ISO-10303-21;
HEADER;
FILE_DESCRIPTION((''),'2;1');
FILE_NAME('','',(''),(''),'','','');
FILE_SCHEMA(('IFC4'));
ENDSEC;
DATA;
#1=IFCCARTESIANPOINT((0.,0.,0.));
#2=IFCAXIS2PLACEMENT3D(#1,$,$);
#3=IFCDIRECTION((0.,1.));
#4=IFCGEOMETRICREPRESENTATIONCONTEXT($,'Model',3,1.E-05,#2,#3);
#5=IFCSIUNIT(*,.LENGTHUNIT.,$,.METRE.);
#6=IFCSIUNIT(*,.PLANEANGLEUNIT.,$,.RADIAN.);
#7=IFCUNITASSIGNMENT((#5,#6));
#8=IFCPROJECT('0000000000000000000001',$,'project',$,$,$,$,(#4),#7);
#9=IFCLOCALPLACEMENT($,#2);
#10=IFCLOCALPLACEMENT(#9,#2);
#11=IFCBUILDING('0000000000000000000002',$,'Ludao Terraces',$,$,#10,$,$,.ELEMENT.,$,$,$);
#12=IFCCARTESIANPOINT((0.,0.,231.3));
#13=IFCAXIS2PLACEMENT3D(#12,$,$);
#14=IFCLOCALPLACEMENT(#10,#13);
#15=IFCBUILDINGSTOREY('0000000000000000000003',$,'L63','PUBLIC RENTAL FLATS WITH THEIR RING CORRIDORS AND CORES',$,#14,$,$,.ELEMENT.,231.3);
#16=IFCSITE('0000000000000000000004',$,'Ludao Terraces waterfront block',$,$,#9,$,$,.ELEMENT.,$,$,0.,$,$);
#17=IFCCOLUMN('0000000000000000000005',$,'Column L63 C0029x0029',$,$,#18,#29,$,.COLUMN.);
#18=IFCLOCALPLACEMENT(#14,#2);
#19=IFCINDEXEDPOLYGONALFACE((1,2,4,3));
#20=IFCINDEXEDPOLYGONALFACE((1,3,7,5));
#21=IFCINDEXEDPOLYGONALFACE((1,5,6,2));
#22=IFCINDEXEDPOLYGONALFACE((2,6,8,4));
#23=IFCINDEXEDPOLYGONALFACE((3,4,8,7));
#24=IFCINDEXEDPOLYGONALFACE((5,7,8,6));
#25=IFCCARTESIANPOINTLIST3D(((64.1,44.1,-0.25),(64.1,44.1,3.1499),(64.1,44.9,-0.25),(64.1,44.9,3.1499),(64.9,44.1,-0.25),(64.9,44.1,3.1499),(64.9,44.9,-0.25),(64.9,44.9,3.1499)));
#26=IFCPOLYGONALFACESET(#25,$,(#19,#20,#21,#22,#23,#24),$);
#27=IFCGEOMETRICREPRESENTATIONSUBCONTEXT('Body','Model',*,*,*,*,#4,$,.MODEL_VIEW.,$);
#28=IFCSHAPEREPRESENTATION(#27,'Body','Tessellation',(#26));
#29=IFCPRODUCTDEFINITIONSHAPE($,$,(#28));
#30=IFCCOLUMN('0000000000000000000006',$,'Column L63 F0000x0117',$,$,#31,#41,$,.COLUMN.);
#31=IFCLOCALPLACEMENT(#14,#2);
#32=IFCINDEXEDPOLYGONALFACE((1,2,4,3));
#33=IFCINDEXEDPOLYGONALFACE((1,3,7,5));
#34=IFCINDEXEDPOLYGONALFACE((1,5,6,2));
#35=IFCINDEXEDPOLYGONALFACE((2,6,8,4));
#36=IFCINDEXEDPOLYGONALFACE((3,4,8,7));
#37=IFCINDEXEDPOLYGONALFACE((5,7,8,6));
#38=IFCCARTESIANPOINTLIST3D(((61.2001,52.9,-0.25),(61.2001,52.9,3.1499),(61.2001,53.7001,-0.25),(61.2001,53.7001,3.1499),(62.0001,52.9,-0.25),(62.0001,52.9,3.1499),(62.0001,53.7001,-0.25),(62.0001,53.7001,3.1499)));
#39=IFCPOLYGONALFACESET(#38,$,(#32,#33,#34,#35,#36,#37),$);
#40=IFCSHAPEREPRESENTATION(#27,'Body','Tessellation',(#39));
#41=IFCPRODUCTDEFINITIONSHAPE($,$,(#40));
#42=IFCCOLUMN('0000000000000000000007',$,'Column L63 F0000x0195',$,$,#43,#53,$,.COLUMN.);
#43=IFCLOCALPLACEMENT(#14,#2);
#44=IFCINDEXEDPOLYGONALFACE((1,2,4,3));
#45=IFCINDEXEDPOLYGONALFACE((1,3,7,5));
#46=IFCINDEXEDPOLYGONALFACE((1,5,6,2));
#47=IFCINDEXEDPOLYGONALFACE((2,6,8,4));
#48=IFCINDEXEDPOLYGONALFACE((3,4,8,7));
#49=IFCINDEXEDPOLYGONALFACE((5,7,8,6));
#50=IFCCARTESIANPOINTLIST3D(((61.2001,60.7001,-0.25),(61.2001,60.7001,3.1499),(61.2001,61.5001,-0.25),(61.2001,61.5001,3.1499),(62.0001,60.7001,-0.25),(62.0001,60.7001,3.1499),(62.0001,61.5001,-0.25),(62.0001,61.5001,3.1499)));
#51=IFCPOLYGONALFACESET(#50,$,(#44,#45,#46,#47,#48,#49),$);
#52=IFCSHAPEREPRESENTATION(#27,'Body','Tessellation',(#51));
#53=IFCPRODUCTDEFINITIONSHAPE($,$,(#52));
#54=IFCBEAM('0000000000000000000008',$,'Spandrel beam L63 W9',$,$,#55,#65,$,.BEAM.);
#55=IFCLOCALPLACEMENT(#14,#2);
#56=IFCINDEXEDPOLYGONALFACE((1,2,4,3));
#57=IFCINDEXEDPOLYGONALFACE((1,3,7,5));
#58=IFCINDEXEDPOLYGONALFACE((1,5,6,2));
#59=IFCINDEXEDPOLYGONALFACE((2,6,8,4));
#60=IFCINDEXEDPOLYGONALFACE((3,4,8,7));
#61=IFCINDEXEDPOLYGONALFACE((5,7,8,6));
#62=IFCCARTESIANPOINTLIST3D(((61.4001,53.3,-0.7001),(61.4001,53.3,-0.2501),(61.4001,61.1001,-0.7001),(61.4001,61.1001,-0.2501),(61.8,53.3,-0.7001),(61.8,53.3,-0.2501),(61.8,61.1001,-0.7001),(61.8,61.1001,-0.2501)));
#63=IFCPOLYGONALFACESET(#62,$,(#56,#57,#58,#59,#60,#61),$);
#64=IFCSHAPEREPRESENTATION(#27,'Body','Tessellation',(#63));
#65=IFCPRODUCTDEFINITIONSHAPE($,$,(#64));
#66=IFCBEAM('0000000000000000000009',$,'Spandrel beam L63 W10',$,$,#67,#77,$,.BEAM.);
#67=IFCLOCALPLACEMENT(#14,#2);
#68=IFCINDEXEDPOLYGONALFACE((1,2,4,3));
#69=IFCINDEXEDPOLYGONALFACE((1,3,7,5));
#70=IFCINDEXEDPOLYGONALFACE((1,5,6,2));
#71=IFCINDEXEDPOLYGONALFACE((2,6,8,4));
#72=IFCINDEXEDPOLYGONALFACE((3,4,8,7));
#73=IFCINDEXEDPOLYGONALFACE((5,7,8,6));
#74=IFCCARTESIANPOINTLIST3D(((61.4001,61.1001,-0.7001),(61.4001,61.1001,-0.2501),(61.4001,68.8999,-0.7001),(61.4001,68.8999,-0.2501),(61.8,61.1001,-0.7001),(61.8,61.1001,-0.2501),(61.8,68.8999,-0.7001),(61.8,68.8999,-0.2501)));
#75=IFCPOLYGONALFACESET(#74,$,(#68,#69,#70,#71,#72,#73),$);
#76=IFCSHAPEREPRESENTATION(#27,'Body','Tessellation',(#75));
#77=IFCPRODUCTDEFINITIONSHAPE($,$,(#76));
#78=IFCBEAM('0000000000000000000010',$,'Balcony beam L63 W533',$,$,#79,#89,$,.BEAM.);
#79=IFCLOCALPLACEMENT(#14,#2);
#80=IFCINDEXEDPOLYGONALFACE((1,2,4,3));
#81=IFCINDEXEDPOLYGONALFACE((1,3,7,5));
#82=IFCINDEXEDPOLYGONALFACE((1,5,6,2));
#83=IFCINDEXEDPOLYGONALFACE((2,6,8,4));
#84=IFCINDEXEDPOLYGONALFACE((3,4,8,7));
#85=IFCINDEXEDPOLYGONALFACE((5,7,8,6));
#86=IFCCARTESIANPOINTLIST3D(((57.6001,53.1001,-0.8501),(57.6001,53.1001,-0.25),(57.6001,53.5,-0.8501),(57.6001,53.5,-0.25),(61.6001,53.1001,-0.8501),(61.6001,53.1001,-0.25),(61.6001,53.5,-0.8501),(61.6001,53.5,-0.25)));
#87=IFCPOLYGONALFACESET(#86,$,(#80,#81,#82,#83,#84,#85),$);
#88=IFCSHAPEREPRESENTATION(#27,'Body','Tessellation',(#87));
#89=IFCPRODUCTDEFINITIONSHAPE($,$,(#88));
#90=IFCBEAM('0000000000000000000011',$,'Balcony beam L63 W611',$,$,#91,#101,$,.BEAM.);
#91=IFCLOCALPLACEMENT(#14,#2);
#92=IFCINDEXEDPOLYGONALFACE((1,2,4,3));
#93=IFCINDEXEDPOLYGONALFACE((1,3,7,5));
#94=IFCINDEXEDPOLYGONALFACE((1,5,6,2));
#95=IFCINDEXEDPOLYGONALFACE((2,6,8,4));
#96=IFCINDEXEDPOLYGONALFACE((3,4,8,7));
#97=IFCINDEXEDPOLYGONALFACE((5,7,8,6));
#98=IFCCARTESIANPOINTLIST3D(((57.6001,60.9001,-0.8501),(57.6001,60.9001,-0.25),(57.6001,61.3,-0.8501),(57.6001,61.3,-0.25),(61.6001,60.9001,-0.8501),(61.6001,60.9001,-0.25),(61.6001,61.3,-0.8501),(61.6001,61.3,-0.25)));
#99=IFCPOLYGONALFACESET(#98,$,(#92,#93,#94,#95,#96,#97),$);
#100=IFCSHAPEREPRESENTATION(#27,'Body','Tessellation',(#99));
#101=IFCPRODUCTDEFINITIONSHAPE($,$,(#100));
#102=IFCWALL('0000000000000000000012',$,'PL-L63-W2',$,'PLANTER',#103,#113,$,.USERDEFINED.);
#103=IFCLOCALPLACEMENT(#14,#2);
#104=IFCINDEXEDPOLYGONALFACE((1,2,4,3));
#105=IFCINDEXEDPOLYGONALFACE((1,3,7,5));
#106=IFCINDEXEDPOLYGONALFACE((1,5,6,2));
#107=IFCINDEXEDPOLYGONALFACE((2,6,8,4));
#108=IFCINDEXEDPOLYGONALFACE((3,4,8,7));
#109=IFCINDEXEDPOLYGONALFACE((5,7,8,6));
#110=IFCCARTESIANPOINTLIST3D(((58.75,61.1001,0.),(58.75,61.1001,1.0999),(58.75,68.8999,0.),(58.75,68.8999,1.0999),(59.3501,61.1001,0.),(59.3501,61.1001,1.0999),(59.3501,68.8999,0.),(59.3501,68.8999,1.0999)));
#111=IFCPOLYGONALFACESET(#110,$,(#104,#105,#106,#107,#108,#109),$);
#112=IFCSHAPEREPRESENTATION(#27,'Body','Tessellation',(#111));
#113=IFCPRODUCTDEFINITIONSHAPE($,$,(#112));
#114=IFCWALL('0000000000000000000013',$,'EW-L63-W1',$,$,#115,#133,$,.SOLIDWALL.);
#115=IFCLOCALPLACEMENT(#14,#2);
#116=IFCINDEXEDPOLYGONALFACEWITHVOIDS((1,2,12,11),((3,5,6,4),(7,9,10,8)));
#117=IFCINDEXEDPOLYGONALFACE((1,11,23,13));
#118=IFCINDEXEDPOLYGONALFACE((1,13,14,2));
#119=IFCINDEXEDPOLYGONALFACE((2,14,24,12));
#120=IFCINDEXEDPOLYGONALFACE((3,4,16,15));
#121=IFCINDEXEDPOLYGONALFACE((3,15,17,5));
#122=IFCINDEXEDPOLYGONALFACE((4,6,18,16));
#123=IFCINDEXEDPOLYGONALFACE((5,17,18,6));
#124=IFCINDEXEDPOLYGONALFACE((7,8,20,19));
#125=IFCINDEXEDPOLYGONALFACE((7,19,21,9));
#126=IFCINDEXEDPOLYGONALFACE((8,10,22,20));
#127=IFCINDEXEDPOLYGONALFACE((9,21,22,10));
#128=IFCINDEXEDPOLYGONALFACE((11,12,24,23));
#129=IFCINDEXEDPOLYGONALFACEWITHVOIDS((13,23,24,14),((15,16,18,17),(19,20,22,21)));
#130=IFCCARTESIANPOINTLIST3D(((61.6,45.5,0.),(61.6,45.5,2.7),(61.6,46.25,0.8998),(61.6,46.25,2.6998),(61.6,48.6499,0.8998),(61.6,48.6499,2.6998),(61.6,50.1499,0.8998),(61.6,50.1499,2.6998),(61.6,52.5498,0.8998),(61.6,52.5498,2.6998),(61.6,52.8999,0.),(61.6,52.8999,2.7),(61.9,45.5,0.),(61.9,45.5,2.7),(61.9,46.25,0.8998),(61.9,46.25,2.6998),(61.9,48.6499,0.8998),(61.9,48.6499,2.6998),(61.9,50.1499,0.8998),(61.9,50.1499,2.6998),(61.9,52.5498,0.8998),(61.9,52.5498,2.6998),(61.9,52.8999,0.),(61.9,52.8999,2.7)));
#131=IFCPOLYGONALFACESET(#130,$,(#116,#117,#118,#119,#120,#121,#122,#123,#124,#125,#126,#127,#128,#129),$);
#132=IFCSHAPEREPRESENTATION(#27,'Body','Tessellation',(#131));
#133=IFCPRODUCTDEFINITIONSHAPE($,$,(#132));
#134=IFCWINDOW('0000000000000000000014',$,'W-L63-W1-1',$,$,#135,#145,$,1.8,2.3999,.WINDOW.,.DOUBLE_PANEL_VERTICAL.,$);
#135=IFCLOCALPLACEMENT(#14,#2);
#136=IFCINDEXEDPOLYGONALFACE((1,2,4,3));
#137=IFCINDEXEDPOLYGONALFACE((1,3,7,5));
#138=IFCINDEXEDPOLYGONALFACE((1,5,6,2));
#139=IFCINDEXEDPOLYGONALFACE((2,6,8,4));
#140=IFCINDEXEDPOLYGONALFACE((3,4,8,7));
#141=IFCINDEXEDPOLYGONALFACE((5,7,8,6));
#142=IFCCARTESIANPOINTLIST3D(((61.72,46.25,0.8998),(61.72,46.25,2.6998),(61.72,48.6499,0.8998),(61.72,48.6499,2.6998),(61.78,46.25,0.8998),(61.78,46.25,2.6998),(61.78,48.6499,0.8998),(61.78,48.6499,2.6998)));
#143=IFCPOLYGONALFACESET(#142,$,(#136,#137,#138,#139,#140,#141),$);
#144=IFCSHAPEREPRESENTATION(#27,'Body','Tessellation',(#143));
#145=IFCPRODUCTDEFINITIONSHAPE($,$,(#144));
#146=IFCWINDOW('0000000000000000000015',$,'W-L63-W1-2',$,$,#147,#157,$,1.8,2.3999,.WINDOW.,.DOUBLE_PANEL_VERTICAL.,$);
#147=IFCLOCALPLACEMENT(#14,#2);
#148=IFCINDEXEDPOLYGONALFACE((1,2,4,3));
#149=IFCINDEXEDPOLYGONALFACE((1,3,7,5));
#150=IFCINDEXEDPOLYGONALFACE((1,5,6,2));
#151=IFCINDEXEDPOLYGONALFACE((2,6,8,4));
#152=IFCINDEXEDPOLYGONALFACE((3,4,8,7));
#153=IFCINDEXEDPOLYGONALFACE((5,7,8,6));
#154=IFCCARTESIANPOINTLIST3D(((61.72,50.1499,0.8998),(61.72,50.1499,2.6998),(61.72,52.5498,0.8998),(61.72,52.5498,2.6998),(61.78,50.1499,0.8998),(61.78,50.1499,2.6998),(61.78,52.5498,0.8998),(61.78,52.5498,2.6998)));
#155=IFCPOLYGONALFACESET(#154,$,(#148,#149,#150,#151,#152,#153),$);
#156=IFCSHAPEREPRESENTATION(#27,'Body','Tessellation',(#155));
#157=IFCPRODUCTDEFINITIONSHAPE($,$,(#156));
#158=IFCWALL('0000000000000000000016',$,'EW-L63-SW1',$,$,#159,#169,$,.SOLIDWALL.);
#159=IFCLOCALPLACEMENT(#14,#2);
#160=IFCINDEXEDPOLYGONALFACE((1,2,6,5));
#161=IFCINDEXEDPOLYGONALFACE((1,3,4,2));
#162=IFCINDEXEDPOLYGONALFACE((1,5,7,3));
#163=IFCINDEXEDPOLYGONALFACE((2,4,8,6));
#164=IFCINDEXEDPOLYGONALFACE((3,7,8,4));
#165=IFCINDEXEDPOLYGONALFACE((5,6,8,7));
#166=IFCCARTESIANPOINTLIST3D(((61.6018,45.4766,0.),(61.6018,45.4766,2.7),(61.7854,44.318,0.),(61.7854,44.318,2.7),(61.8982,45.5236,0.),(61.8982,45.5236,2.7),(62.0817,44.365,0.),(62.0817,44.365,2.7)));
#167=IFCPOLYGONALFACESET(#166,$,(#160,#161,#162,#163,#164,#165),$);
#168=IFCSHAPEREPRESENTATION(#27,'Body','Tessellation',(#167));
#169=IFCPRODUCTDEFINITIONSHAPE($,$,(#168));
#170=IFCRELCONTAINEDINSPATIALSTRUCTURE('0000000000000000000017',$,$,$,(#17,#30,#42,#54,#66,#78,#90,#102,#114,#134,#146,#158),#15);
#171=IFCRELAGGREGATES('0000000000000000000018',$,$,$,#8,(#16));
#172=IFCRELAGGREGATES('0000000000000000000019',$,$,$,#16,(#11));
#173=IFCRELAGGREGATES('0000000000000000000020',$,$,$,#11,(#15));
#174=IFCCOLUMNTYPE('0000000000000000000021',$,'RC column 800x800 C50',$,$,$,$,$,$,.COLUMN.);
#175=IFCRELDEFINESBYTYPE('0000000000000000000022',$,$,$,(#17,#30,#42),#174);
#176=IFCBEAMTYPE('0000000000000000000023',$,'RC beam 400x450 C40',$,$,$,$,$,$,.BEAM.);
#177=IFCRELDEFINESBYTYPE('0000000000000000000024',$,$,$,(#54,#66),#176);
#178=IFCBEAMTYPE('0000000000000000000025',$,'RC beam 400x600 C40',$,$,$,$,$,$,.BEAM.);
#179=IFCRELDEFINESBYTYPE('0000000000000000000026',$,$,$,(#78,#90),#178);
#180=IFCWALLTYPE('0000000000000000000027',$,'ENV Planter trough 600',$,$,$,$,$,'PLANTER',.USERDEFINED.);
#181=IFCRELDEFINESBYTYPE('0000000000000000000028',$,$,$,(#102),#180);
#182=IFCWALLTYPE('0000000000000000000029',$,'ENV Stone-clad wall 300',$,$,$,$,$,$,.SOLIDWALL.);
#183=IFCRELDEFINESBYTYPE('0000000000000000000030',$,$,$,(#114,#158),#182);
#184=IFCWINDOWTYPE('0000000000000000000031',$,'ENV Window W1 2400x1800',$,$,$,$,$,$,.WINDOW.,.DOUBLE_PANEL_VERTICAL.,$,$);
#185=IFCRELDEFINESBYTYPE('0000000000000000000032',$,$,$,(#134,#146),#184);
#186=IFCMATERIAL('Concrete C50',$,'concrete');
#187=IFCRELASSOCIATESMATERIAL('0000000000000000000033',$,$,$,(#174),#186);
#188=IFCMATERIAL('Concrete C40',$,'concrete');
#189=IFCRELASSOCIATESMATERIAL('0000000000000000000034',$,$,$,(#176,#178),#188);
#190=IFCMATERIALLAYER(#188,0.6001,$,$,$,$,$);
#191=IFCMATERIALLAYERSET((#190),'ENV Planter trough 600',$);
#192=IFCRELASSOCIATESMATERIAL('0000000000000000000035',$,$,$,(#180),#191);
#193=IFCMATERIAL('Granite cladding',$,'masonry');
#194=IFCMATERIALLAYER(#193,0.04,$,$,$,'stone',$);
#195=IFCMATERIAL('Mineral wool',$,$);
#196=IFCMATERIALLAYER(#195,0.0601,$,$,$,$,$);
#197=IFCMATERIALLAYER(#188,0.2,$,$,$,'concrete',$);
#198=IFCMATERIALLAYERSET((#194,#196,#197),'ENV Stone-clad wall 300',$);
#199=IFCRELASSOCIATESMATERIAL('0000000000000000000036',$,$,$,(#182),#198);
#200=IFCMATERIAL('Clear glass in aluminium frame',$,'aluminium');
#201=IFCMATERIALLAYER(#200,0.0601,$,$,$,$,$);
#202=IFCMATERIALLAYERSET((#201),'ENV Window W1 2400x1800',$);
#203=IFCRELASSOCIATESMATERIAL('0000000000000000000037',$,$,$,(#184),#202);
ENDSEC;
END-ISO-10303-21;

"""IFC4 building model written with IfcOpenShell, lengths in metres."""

from ifc_helpers import new_model, si_unit, direction, frame, frame_2d, origin, origin_2d, place, context, subcontext, project, spatial, rectangle, extrude, material, layer, layer_set, material_profile, profile_set, type_object, element, fill, save


model = new_model("IFC4")

# Units and contexts
model_context = context("Model", 3, precision=1e-05, world=origin(), true_north=direction((0.0, 1.0)))
body_context = subcontext(model_context, "Body", "Model", "MODEL_VIEW")
ifc_project = project(units=[si_unit("LENGTHUNIT", "METRE"), si_unit("PLANEANGLEUNIT", "RADIAN")], contexts=[model_context])

# Site, building, storey
site_placement = place(None, origin())
site = spatial("IfcSite", under=ifc_project, at=site_placement, Name="Ludao Terraces waterfront block", CompositionType="ELEMENT", RefElevation=0.0)
building_placement = place(site_placement, origin())
building = spatial("IfcBuilding", under=site, at=building_placement, Name="Ludao Terraces", CompositionType="ELEMENT")
storey_placement = place(building_placement, frame((0.0, 0.0, 231.3)))
storey = spatial("IfcBuildingStorey", under=building, at=storey_placement, Name="L63", Description="PUBLIC RENTAL FLATS WITH THEIR RING CORRIDORS AND CORES", CompositionType="ELEMENT", Elevation=231.3)

# Columns
ifc_material_1 = material(Name="Concrete C50", Category="concrete")
ifc_material_profile_1 = material_profile(ifc_material_1, rectangle(XDim=0.8, YDim=0.8, at=origin_2d()), Name="800 X 800")
ifc_profile_set_1 = profile_set([ifc_material_profile_1], Name="Concrete C50")
column_type = type_object("IfcColumnType", Name="RC column 800x800 C50", PredefinedType="COLUMN", material=ifc_profile_set_1)
for number, where, z_axis, x_axis, name in (
    (1, (64.5, 44.5, -0.25), (0.0, 0.0, 1.0), (1.0, 0.0, 0.0), "Column L63 C0029x0029"),
    (2, (61.6001, 53.3, -0.25), (0.0, 0.0, 1.0), (1.0, 0.0, 0.0), "Column L63 F0000x0117"),
    (3, (61.6001, 61.1001, -0.25), (0.0, 0.0, 1.0), (1.0, 0.0, 0.0), "Column L63 F0000x0195"),
):
    element("IfcColumn", number, at=place(storey_placement, frame(where, z_axis=z_axis, x_axis=x_axis)), inside=storey, type_object=column_type, Name=name, PredefinedType="COLUMN", context=body_context, shape_type="SweptSolid", body=[
        extrude(rectangle(XDim=0.8, YDim=0.8, at=origin_2d()), origin(), (0.0, 0.0, 1.0), 3.3999),
    ])

# Beams
ifc_material_2 = material(Name="Concrete C40", Category="concrete")
ifc_material_profile_2 = material_profile(ifc_material_2, rectangle(XDim=0.3999, YDim=0.45, at=origin_2d()), Name="400 X 450")
ifc_profile_set_2 = profile_set([ifc_material_profile_2], Name="Concrete C40")
beam_type_1 = type_object("IfcBeamType", Name="RC beam 400x450 C40", PredefinedType="BEAM", material=ifc_profile_set_2)
beam_1_placement = place(storey_placement, frame((61.6001, 53.3, -0.4751), z_axis=(0.0, 1.0, 0.0), x_axis=(-1.0, 0.0, 0.0)))
element("IfcBeam", 4, at=beam_1_placement, inside=storey, type_object=beam_type_1, Name="Spandrel beam L63 W9", PredefinedType="BEAM", context=body_context, shape_type="SweptSolid", body=[
    extrude(rectangle(XDim=0.3999, YDim=0.45, at=origin_2d()), origin(), (0.0, 0.0, 1.0), 7.8),
])
beam_2_placement = place(storey_placement, frame((61.6001, 61.1001, -0.4751), z_axis=(0.0, 1.0, 0.0), x_axis=(-1.0, 0.0, 0.0)))
element("IfcBeam", 5, at=beam_2_placement, inside=storey, type_object=beam_type_1, Name="Spandrel beam L63 W10", PredefinedType="BEAM", context=body_context, shape_type="SweptSolid", body=[
    extrude(rectangle(XDim=0.3999, YDim=0.45, at=origin_2d()), origin(), (0.0, 0.0, 1.0), 7.7998),
])
ifc_material_profile_3 = material_profile(ifc_material_2, rectangle(XDim=0.3999, YDim=0.6001, at=origin_2d()), Name="400 X 600")
ifc_profile_set_3 = profile_set([ifc_material_profile_3], Name="Concrete C40")
beam_type_2 = type_object("IfcBeamType", Name="RC beam 400x600 C40", PredefinedType="BEAM", material=ifc_profile_set_3)
for number, where, z_axis, x_axis, name in (
    (6, (61.6001, 53.3, -0.55), (-1.0, 0.0, 0.0), (0.0, -1.0, 0.0), "Balcony beam L63 W533"),
    (7, (61.6001, 61.1001, -0.55), (-1.0, 0.0, 0.0), (0.0, -1.0, 0.0), "Balcony beam L63 W611"),
):
    element("IfcBeam", number, at=place(storey_placement, frame(where, z_axis=z_axis, x_axis=x_axis)), inside=storey, type_object=beam_type_2, Name=name, PredefinedType="BEAM", context=body_context, shape_type="SweptSolid", body=[
        extrude(rectangle(XDim=0.3999, YDim=0.6001, at=origin_2d()), origin(), (0.0, 0.0, 1.0), 4.0),
    ])

# Wall
ifc_layer_1 = layer(ifc_material_2, 0.6001)
ifc_layer_set_1 = layer_set([ifc_layer_1], Name="ENV Planter trough 600")
wall_type_1 = type_object("IfcWallType", Name="ENV Planter trough 600", ElementType="PLANTER", PredefinedType="USERDEFINED", material=ifc_layer_set_1)
wall_1_placement = place(storey_placement, frame((59.05, 61.1001, 0.0), z_axis=(0.0, 0.0, 1.0), x_axis=(0.0, 1.0, 0.0)))
element("IfcWall", 8, at=wall_1_placement, inside=storey, type_object=wall_type_1, Name="PL-L63-W2", ObjectType="PLANTER", PredefinedType="USERDEFINED", context=body_context, shape_type="SweptSolid", body=[
    extrude(rectangle(XDim=7.7998, YDim=0.6001, at=frame_2d((3.8999, 0.0))), origin(), (0.0, 0.0, 1.0), 1.0999),
])

# Wall, openings, windows
ifc_material_3 = material(Name="Granite cladding", Category="masonry")
ifc_layer_2 = layer(ifc_material_3, 0.04, Category="stone")
ifc_material_4 = material(Name="Mineral wool")
ifc_layer_3 = layer(ifc_material_4, 0.0601)
ifc_layer_4 = layer(ifc_material_2, 0.2, Category="concrete")
ifc_layer_set_2 = layer_set([ifc_layer_2, ifc_layer_3, ifc_layer_4], Name="ENV Stone-clad wall 300")
wall_type_2 = type_object("IfcWallType", Name="ENV Stone-clad wall 300", PredefinedType="SOLIDWALL", material=ifc_layer_set_2)
wall_2_placement = place(storey_placement, frame((61.75, 45.5, 0.0), z_axis=(0.0, 0.0, 1.0), x_axis=(0.0, 1.0, 0.0)))
wall_2 = element("IfcWall", 9, at=wall_2_placement, inside=storey, type_object=wall_type_2, Name="EW-L63-W1", PredefinedType="SOLIDWALL", context=body_context, shape_type="SweptSolid", body=[
    extrude(rectangle(XDim=7.3999, YDim=0.3, at=frame_2d((3.7, 0.0))), origin(), (0.0, 0.0, 1.0), 2.7),
])
opening_1_placement = place(wall_2_placement, frame((0.75, 0.0, 0.8999)))
opening_1 = element("IfcOpeningElement", 10, at=opening_1_placement, cuts=wall_2, PredefinedType="OPENING", context=body_context, shape_type="SweptSolid", body=[
    extrude(rectangle(XDim=2.3999, YDim=1.8, at=frame_2d((1.2, 0.8999))), frame((0.0, 0.1602, 0.0), z_axis=(0.0, -1.0, 0.0), x_axis=(1.0, 0.0, 0.0)), (0.0, 0.0, 1.0), 0.3201),
])
opening_2_placement = place(wall_2_placement, frame((4.6499, 0.0, 0.8999)))
opening_2 = element("IfcOpeningElement", 11, at=opening_2_placement, cuts=wall_2, PredefinedType="OPENING", context=body_context, shape_type="SweptSolid", body=[
    extrude(rectangle(XDim=2.3999, YDim=1.8, at=frame_2d((1.2, 0.8999))), frame((0.0, 0.1602, 0.0), z_axis=(0.0, -1.0, 0.0), x_axis=(1.0, 0.0, 0.0)), (0.0, 0.0, 1.0), 0.3201),
])
ifc_material_5 = material(Name="Clear glass in aluminium frame", Category="aluminium")
ifc_layer_5 = layer(ifc_material_5, 0.0601)
ifc_layer_set_3 = layer_set([ifc_layer_5], Name="ENV Window W1 2400x1800")
window_type_1 = type_object("IfcWindowType", Name="ENV Window W1 2400x1800", PartitioningType="DOUBLE_PANEL_VERTICAL", PredefinedType="WINDOW", material=ifc_layer_set_3)
window_1_placement = place(opening_1_placement, origin())
window_1 = element("IfcWindow", 12, at=window_1_placement, inside=storey, type_object=window_type_1, Name="W-L63-W1-1", OverallHeight=1.8, OverallWidth=2.3999, PartitioningType="DOUBLE_PANEL_VERTICAL", PredefinedType="WINDOW", context=body_context, shape_type="SweptSolid", body=[
    extrude(rectangle(XDim=2.3999, YDim=1.8, at=frame_2d((1.2, 0.8999))), frame((0.0, 0.03, 0.0), z_axis=(0.0, -1.0, 0.0), x_axis=(1.0, 0.0, 0.0)), (0.0, 0.0, 1.0), 0.0601),
])
fill(opening_1, window_1)
window_2_placement = place(opening_2_placement, origin())
window_2 = element("IfcWindow", 13, at=window_2_placement, inside=storey, type_object=window_type_1, Name="W-L63-W1-2", OverallHeight=1.8, OverallWidth=2.3999, PartitioningType="DOUBLE_PANEL_VERTICAL", PredefinedType="WINDOW", context=body_context, shape_type="SweptSolid", body=[
    extrude(rectangle(XDim=2.3999, YDim=1.8, at=frame_2d((1.2, 0.8999))), frame((0.0, 0.03, 0.0), z_axis=(0.0, -1.0, 0.0), x_axis=(1.0, 0.0, 0.0)), (0.0, 0.0, 1.0), 0.0601),
])
fill(opening_2, window_2)

# Wall
wall_3_placement = place(storey_placement, frame((61.75, 45.5, 0.0), z_axis=(0.0, 0.0, 1.0), x_axis=(0.156497, -0.987678, 0.0)))
element("IfcWall", 14, at=wall_3_placement, inside=storey, type_object=wall_type_2, Name="EW-L63-SW1", PredefinedType="SOLIDWALL", context=body_context, shape_type="SweptSolid", body=[
    extrude(rectangle(XDim=1.1731, YDim=0.3, at=frame_2d((0.5864, 0.0))), origin(), (0.0, 0.0, 1.0), 2.7),
])

save(model, "model.ifc")
